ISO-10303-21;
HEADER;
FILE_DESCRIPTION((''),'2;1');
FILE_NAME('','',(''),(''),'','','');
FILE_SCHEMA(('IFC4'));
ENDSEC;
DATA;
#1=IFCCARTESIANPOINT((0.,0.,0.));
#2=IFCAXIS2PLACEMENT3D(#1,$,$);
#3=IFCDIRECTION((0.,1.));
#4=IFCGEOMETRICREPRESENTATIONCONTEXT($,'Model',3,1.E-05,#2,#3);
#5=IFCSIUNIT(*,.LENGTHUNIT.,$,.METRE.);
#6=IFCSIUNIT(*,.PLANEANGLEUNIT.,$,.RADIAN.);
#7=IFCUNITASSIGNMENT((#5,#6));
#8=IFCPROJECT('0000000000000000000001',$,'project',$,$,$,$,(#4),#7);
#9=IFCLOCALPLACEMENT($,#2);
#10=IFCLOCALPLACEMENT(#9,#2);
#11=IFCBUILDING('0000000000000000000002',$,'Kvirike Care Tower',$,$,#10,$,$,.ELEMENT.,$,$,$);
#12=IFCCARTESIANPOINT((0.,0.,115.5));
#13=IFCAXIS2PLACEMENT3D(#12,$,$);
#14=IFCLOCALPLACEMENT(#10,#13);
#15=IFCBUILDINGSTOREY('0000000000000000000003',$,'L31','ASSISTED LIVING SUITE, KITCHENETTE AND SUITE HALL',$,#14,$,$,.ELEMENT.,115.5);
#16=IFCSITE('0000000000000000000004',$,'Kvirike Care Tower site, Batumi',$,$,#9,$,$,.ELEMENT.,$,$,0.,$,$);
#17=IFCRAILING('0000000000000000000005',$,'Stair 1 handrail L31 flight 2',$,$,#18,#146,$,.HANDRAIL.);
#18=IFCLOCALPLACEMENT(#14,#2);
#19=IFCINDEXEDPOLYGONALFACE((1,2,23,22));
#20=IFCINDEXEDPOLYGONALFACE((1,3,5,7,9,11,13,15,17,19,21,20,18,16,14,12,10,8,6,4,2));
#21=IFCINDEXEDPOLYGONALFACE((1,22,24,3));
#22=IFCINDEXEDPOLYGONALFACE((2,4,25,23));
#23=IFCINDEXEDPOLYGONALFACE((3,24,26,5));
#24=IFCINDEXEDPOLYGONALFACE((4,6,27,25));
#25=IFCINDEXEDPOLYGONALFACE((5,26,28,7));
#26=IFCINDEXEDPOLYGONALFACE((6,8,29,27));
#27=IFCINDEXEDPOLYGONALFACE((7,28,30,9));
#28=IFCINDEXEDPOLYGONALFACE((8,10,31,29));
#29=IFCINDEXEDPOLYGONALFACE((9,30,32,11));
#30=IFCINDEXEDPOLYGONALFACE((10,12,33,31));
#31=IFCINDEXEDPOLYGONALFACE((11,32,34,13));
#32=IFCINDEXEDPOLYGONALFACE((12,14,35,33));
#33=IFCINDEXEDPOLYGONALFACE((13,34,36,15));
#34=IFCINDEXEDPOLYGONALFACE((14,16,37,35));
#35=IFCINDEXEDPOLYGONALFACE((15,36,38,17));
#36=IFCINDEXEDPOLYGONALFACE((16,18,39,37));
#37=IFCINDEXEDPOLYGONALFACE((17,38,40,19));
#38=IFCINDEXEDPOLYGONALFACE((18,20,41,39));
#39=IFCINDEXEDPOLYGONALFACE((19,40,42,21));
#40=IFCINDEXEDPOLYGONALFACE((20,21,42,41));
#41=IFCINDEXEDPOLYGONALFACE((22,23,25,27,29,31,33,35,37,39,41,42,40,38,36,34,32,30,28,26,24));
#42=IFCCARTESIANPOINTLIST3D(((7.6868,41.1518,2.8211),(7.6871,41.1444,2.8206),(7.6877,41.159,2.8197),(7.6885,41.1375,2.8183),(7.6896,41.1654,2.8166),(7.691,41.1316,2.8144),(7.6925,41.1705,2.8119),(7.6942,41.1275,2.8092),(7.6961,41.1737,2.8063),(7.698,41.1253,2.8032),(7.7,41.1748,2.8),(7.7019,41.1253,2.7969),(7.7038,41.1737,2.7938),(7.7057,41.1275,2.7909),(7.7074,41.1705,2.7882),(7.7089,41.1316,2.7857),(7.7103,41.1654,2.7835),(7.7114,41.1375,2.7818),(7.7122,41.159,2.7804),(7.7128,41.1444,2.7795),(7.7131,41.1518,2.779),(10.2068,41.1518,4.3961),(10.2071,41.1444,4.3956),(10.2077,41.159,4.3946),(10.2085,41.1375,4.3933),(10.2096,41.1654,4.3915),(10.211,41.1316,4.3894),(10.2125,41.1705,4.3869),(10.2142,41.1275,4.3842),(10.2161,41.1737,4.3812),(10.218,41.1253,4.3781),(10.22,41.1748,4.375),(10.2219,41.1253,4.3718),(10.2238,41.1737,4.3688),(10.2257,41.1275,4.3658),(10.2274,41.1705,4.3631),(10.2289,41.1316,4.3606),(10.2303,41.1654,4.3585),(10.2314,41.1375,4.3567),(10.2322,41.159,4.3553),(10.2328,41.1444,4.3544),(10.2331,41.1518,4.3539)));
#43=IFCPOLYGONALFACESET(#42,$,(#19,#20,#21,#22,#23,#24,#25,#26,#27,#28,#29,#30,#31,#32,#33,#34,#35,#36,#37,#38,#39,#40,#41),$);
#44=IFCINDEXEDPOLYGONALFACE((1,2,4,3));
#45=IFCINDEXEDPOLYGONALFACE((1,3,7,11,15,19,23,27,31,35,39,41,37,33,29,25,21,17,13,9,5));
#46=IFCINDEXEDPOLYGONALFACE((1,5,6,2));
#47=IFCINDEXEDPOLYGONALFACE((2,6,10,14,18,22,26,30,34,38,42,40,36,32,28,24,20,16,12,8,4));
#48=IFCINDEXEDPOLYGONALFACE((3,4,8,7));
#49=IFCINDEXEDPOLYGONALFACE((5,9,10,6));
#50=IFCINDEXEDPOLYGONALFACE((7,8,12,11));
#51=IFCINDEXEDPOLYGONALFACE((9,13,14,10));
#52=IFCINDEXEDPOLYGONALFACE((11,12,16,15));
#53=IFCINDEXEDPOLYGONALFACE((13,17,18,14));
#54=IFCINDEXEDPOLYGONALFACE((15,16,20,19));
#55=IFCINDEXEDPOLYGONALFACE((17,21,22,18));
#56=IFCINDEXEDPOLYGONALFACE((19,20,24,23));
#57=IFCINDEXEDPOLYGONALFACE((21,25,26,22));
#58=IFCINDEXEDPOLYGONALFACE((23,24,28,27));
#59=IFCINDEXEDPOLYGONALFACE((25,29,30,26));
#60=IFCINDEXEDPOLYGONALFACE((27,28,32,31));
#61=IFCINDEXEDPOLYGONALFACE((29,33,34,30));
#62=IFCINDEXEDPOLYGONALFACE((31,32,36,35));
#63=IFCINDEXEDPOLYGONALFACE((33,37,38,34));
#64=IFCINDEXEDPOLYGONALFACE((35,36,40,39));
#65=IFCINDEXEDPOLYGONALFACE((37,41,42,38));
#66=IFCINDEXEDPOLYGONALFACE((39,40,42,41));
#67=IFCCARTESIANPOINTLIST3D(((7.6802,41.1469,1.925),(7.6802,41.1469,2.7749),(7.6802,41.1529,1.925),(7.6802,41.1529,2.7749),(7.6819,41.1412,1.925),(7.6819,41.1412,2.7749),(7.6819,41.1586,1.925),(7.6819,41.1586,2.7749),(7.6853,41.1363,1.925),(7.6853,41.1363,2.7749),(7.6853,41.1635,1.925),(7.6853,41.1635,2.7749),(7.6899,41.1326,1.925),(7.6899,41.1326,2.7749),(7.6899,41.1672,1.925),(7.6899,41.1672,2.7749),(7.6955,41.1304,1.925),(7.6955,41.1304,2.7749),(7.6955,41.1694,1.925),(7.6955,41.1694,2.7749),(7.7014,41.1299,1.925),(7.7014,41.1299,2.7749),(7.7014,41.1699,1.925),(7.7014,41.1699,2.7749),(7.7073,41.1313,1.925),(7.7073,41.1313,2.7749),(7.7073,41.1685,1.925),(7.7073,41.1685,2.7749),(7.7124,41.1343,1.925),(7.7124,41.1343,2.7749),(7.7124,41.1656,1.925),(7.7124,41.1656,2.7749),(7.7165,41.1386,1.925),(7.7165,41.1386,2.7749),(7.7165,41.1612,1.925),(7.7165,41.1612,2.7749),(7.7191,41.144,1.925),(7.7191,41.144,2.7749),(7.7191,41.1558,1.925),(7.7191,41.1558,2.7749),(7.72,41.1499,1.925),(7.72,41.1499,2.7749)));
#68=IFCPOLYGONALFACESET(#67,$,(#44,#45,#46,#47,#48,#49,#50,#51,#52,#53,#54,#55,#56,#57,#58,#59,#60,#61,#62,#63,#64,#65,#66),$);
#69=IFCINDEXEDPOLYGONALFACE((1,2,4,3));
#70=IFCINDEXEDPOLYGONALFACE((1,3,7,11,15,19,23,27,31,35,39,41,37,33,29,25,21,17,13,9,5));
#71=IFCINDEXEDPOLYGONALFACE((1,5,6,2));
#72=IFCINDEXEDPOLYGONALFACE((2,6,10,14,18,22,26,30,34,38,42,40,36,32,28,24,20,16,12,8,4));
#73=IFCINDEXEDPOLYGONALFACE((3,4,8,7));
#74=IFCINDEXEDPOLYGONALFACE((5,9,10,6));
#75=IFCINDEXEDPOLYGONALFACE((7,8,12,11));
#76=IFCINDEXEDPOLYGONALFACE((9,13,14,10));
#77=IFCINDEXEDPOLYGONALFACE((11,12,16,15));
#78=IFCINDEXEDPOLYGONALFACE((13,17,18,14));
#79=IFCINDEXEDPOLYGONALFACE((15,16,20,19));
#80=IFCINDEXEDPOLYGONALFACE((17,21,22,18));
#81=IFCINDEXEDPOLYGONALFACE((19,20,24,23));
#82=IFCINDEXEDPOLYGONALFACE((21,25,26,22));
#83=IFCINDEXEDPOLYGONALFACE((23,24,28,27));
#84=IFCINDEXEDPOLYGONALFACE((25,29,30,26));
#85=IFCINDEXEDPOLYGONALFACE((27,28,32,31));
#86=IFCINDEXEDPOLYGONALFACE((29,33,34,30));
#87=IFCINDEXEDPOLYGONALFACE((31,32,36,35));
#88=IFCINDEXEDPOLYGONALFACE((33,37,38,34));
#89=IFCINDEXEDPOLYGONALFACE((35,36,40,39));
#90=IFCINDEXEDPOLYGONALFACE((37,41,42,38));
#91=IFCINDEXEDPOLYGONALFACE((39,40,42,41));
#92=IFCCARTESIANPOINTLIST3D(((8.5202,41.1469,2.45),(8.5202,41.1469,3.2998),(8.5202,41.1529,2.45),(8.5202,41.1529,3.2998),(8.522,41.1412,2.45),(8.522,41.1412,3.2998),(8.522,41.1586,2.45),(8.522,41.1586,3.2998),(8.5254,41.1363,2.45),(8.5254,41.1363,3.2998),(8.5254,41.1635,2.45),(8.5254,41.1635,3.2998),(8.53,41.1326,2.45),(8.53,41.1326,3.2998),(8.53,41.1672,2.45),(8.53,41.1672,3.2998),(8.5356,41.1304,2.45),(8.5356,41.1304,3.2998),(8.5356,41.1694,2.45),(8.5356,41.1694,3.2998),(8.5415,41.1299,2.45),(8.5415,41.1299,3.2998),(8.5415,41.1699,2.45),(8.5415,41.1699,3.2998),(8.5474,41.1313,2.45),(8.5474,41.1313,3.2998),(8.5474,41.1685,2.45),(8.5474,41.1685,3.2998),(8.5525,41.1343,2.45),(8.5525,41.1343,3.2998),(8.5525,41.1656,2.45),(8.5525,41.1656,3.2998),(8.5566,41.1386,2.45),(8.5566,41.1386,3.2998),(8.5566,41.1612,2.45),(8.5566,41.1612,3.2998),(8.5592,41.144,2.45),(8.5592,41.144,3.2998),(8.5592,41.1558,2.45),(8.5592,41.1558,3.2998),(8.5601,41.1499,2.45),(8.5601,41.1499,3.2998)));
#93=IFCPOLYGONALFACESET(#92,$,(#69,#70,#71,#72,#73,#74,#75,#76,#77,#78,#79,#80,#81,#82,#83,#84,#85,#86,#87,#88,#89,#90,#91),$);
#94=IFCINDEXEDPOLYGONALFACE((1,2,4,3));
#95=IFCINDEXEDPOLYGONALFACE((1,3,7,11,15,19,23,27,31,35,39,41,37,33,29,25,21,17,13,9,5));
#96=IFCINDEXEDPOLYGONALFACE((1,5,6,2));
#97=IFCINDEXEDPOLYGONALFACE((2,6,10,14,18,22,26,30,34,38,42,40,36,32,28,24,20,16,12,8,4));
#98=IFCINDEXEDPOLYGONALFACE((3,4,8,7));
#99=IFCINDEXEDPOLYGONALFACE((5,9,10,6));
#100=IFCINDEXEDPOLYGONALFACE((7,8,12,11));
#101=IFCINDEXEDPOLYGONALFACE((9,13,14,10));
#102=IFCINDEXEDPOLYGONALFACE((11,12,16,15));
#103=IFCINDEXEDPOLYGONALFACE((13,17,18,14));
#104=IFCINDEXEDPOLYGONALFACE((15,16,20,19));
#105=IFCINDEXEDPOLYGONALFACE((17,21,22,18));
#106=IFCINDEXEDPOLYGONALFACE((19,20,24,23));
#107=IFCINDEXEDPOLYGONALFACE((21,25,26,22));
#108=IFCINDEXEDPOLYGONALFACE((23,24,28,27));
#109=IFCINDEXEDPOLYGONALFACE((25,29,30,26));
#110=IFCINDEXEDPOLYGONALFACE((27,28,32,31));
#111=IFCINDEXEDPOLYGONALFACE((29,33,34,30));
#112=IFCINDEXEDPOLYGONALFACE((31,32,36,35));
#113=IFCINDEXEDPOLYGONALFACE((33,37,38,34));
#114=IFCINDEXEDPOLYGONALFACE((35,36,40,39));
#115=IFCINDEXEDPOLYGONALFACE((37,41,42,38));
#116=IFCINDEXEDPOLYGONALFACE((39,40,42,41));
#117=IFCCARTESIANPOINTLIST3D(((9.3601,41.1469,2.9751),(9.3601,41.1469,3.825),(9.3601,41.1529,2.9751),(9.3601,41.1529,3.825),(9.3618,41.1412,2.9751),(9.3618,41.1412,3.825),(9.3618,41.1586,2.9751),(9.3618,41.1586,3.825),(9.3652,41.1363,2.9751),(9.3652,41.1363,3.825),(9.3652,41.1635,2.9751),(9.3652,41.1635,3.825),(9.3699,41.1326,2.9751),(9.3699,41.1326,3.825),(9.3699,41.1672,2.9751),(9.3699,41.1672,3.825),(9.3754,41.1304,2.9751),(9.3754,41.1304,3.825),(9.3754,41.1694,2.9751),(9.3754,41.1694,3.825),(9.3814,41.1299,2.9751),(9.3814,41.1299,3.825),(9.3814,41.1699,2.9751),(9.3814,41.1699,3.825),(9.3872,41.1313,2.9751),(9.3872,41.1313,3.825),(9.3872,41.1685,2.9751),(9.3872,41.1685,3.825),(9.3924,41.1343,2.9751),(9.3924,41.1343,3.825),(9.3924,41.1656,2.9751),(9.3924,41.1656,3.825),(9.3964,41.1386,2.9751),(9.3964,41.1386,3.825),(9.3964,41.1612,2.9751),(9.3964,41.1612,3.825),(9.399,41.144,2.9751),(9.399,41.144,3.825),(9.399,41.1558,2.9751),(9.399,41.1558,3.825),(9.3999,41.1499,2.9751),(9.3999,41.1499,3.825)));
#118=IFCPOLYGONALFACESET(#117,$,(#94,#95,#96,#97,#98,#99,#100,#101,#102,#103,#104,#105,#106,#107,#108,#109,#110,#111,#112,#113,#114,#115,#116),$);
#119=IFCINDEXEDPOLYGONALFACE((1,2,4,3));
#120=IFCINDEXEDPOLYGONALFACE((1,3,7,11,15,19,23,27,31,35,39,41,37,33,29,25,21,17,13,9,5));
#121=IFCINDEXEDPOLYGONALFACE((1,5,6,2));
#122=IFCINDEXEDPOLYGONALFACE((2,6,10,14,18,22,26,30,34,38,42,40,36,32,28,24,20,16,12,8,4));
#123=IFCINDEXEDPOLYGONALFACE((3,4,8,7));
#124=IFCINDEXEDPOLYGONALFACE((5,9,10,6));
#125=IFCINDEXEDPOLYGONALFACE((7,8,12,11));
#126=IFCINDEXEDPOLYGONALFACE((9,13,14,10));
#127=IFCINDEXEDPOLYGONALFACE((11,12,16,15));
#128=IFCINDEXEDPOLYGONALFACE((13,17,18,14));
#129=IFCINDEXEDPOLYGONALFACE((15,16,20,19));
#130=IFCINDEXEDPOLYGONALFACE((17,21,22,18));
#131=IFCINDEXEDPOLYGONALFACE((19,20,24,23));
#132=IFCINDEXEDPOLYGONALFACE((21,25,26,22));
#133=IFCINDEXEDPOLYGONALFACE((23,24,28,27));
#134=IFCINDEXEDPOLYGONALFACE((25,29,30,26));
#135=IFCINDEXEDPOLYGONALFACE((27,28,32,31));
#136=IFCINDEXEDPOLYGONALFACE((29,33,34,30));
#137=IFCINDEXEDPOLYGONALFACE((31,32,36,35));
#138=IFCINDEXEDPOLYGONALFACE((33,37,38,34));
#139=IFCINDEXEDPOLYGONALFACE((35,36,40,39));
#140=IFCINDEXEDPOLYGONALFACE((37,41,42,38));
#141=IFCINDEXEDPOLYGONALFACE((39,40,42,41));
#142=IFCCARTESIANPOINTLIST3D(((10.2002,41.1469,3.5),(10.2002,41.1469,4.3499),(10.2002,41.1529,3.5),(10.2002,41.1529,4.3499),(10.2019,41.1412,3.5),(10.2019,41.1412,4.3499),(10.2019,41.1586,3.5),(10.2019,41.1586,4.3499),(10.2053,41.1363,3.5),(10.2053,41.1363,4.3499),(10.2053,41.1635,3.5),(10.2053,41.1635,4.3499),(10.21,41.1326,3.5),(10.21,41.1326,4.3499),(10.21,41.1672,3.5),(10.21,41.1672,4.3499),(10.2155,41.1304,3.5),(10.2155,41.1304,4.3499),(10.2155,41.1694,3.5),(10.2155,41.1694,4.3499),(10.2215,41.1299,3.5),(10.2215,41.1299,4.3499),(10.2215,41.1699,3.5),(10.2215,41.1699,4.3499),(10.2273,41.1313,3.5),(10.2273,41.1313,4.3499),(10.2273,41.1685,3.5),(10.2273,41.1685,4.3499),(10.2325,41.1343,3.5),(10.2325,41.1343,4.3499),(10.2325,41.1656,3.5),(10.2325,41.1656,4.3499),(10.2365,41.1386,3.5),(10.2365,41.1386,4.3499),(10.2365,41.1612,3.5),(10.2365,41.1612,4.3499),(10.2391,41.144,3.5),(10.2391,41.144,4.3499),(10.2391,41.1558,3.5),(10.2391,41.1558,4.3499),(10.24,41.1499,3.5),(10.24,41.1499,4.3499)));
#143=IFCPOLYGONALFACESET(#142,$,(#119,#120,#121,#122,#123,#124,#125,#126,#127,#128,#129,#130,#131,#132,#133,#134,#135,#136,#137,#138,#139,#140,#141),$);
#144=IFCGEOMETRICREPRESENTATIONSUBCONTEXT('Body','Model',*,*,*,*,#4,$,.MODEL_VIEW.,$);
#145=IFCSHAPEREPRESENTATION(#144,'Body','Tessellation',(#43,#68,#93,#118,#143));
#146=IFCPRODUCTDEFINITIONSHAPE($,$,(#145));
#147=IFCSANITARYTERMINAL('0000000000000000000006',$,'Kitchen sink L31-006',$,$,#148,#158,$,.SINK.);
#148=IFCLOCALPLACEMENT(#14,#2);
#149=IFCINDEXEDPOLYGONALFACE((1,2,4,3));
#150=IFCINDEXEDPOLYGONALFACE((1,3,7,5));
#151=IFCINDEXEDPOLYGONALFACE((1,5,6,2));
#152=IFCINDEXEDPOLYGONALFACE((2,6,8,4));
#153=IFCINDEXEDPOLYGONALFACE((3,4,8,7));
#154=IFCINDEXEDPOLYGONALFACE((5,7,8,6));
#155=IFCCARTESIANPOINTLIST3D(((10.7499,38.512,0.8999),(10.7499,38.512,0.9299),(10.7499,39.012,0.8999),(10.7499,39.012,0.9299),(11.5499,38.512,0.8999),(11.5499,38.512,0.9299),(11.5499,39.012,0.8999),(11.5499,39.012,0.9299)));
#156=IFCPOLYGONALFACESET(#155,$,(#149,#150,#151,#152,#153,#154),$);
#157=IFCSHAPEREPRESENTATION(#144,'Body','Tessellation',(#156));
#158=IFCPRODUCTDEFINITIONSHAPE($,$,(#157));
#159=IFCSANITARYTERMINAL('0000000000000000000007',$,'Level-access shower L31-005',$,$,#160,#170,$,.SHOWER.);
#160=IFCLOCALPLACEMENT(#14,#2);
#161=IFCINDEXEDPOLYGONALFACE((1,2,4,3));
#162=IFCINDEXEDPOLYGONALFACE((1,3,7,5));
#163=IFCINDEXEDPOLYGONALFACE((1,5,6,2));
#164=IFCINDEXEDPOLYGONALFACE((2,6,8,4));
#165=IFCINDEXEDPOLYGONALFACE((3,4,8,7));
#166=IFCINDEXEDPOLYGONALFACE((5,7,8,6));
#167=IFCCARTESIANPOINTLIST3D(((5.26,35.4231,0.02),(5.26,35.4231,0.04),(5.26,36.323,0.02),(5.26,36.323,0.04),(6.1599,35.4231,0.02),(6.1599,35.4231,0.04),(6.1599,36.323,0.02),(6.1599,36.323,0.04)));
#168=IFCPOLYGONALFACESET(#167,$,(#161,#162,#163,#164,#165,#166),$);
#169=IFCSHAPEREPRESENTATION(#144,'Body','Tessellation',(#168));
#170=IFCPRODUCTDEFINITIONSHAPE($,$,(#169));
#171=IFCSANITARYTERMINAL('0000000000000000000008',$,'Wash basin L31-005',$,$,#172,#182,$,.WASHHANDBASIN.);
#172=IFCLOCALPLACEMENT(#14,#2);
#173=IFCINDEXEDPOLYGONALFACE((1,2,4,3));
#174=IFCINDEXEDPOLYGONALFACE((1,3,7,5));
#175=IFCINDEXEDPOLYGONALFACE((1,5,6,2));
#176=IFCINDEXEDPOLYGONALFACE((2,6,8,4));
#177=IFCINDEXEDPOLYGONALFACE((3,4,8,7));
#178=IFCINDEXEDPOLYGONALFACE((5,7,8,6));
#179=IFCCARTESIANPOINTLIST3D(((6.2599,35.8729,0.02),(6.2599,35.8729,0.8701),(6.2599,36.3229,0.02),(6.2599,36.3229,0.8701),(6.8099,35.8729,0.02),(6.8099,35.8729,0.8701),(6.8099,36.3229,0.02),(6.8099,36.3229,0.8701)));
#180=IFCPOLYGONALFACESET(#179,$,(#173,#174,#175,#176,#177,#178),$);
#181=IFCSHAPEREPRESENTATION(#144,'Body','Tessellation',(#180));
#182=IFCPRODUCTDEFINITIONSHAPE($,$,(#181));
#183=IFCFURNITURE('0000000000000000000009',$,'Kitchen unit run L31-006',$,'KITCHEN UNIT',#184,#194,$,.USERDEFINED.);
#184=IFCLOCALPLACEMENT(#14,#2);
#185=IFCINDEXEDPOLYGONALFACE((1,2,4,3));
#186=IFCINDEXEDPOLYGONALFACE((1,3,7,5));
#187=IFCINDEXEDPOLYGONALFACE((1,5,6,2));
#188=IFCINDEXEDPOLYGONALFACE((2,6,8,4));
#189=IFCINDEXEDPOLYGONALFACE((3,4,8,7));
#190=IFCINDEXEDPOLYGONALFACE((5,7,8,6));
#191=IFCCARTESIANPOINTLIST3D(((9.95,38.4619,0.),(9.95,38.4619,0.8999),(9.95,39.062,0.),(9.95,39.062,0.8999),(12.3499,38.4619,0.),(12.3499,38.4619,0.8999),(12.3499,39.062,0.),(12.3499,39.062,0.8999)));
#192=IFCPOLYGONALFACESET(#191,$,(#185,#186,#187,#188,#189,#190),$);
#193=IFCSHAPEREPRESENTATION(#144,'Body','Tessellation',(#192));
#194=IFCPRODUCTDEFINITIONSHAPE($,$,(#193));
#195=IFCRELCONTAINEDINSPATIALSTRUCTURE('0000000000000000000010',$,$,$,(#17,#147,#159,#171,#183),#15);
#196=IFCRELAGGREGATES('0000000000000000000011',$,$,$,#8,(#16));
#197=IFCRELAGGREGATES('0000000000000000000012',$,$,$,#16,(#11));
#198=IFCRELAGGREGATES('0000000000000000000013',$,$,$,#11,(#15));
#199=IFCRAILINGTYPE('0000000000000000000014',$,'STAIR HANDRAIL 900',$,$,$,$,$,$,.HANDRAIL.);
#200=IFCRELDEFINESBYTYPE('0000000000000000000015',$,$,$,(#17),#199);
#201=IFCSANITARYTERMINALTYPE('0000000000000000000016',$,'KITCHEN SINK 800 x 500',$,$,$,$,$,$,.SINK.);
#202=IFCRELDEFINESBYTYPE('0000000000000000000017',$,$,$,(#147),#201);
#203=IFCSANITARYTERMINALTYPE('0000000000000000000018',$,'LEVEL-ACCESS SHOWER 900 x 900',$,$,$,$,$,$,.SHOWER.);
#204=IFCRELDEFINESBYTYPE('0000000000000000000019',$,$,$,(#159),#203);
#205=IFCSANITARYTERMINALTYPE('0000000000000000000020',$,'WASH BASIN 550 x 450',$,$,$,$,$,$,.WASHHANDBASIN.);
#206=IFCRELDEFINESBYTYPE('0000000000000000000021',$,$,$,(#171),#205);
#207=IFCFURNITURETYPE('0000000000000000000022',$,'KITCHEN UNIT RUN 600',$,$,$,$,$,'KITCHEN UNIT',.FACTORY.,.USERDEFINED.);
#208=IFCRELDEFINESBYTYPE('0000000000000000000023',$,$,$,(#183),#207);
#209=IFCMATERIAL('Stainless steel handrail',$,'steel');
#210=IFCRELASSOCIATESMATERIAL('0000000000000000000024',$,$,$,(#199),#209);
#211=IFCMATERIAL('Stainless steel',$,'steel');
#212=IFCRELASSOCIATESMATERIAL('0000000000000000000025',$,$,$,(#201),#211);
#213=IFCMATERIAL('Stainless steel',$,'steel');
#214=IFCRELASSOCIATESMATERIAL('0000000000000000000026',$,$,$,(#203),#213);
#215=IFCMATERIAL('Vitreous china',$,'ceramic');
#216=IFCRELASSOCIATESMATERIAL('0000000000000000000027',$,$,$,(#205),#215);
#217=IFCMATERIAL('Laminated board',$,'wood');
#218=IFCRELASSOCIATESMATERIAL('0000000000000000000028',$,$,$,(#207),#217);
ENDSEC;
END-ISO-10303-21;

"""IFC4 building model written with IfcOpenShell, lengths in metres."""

from ifc_helpers import new_model, si_unit, direction, frame, origin, origin_2d, place, context, subcontext, project, spatial, rectangle, circle, extrude, material, type_object, element, save


model = new_model("IFC4")

# Units and contexts
model_context = context("Model", 3, precision=1e-05, world=origin(), true_north=direction((0.0, 1.0)))
body_context = subcontext(model_context, "Body", "Model", "MODEL_VIEW")
ifc_project = project(units=[si_unit("LENGTHUNIT", "METRE"), si_unit("PLANEANGLEUNIT", "RADIAN")], contexts=[model_context])

# Site, building, storey
site_placement = place(None, origin())
site = spatial("IfcSite", under=ifc_project, at=site_placement, Name="Kvirike Care Tower site, Batumi", CompositionType="ELEMENT", RefElevation=0.0)
building_placement = place(site_placement, origin())
building = spatial("IfcBuilding", under=site, at=building_placement, Name="Kvirike Care Tower", CompositionType="ELEMENT")
storey_placement = place(building_placement, frame((0.0, 0.0, 115.5)))
storey = spatial("IfcBuildingStorey", under=building, at=storey_placement, Name="L31", Description="ASSISTED LIVING SUITE, KITCHENETTE AND SUITE HALL", CompositionType="ELEMENT", Elevation=115.5)

# Railing
ifc_material_1 = material(Name="Stainless steel handrail", Category="steel")
railing_type = type_object("IfcRailingType", Name="STAIR HANDRAIL 900", PredefinedType="HANDRAIL", material=ifc_material_1)
railing_1_placement = place(storey_placement, frame((7.7, 41.1499, 1.925)))
element("IfcRailing", 1, at=railing_1_placement, inside=storey, type_object=railing_type, Name="Stair 1 handrail L31 flight 2", PredefinedType="HANDRAIL", context=body_context, shape_type="SweptSolid", body=[
    extrude(circle(Radius=0.0249, at=origin_2d()), frame((0.0, 0.0, 0.875), z_axis=(0.848008, 0.0, 0.529984), x_axis=(0.0, 1.0, 0.0)), (0.0, 0.0, 1.0), 2.9717),
    extrude(circle(Radius=0.02, at=origin_2d()), origin(), (0.0, 0.0, 1.0), 0.8499),
    extrude(circle(Radius=0.02, at=origin_2d()), frame((0.8401, 0.0, 0.5249)), (0.0, 0.0, 1.0), 0.8499),
    extrude(circle(Radius=0.02, at=origin_2d()), frame((1.6799, 0.0, 1.05)), (0.0, 0.0, 1.0), 0.8499),
    extrude(circle(Radius=0.02, at=origin_2d()), frame((2.52, 0.0, 1.575)), (0.0, 0.0, 1.0), 0.8499),
])

# Sanitary terminals
ifc_material_2 = material(Name="Stainless steel", Category="steel")
sanitary_terminal_type_1 = type_object("IfcSanitaryTerminalType", Name="KITCHEN SINK 800 x 500", PredefinedType="SINK", material=ifc_material_2)
sanitary_terminal_1_placement = place(storey_placement, frame((11.1499, 38.762, 0.8999), z_axis=(0.0, 0.0, 1.0), x_axis=(-1.0, 0.0, 0.0)))
element("IfcSanitaryTerminal", 2, at=sanitary_terminal_1_placement, inside=storey, type_object=sanitary_terminal_type_1, Name="Kitchen sink L31-006", PredefinedType="SINK", context=body_context, shape_type="SweptSolid", body=[
    extrude(rectangle(XDim=0.8, YDim=0.5, at=origin_2d()), origin(), (0.0, 0.0, 1.0), 0.03),
])
ifc_material_3 = material(Name="Stainless steel", Category="steel")
sanitary_terminal_type_2 = type_object("IfcSanitaryTerminalType", Name="LEVEL-ACCESS SHOWER 900 x 900", PredefinedType="SHOWER", material=ifc_material_3)
sanitary_terminal_2_placement = place(storey_placement, frame((5.71, 35.873, 0.02), z_axis=(0.0, 0.0, 1.0), x_axis=(1.0, 0.0, 0.0)))
element("IfcSanitaryTerminal", 3, at=sanitary_terminal_2_placement, inside=storey, type_object=sanitary_terminal_type_2, Name="Level-access shower L31-005", PredefinedType="SHOWER", context=body_context, shape_type="SweptSolid", body=[
    extrude(rectangle(XDim=0.8999, YDim=0.8999, at=origin_2d()), origin(), (0.0, 0.0, 1.0), 0.02),
])
ifc_material_4 = material(Name="Vitreous china", Category="ceramic")
sanitary_terminal_type_3 = type_object("IfcSanitaryTerminalType", Name="WASH BASIN 550 x 450", PredefinedType="WASHHANDBASIN", material=ifc_material_4)
sanitary_terminal_3_placement = place(storey_placement, frame((6.5349, 36.0979, 0.02), z_axis=(0.0, 0.0, 1.0), x_axis=(1.0, 0.0, 0.0)))
element("IfcSanitaryTerminal", 4, at=sanitary_terminal_3_placement, inside=storey, type_object=sanitary_terminal_type_3, Name="Wash basin L31-005", PredefinedType="WASHHANDBASIN", context=body_context, shape_type="SweptSolid", body=[
    extrude(rectangle(XDim=0.55, YDim=0.45, at=origin_2d()), origin(), (0.0, 0.0, 1.0), 0.8501),
])

# Furniture
ifc_material_5 = material(Name="Laminated board", Category="wood")
furniture_type = type_object("IfcFurnitureType", Name="KITCHEN UNIT RUN 600", ElementType="KITCHEN UNIT", AssemblyPlace="FACTORY", PredefinedType="USERDEFINED", material=ifc_material_5)
furniture_placement = place(storey_placement, frame((11.1499, 38.762, 0.0), z_axis=(0.0, 0.0, 1.0), x_axis=(-1.0, 0.0, 0.0)))
element("IfcFurniture", 5, at=furniture_placement, inside=storey, type_object=furniture_type, Name="Kitchen unit run L31-006", ObjectType="KITCHEN UNIT", PredefinedType="USERDEFINED", context=body_context, shape_type="SweptSolid", body=[
    extrude(rectangle(XDim=2.3999, YDim=0.6001, at=origin_2d()), origin(), (0.0, 0.0, 1.0), 0.8999),
])

save(model, "model.ifc")
